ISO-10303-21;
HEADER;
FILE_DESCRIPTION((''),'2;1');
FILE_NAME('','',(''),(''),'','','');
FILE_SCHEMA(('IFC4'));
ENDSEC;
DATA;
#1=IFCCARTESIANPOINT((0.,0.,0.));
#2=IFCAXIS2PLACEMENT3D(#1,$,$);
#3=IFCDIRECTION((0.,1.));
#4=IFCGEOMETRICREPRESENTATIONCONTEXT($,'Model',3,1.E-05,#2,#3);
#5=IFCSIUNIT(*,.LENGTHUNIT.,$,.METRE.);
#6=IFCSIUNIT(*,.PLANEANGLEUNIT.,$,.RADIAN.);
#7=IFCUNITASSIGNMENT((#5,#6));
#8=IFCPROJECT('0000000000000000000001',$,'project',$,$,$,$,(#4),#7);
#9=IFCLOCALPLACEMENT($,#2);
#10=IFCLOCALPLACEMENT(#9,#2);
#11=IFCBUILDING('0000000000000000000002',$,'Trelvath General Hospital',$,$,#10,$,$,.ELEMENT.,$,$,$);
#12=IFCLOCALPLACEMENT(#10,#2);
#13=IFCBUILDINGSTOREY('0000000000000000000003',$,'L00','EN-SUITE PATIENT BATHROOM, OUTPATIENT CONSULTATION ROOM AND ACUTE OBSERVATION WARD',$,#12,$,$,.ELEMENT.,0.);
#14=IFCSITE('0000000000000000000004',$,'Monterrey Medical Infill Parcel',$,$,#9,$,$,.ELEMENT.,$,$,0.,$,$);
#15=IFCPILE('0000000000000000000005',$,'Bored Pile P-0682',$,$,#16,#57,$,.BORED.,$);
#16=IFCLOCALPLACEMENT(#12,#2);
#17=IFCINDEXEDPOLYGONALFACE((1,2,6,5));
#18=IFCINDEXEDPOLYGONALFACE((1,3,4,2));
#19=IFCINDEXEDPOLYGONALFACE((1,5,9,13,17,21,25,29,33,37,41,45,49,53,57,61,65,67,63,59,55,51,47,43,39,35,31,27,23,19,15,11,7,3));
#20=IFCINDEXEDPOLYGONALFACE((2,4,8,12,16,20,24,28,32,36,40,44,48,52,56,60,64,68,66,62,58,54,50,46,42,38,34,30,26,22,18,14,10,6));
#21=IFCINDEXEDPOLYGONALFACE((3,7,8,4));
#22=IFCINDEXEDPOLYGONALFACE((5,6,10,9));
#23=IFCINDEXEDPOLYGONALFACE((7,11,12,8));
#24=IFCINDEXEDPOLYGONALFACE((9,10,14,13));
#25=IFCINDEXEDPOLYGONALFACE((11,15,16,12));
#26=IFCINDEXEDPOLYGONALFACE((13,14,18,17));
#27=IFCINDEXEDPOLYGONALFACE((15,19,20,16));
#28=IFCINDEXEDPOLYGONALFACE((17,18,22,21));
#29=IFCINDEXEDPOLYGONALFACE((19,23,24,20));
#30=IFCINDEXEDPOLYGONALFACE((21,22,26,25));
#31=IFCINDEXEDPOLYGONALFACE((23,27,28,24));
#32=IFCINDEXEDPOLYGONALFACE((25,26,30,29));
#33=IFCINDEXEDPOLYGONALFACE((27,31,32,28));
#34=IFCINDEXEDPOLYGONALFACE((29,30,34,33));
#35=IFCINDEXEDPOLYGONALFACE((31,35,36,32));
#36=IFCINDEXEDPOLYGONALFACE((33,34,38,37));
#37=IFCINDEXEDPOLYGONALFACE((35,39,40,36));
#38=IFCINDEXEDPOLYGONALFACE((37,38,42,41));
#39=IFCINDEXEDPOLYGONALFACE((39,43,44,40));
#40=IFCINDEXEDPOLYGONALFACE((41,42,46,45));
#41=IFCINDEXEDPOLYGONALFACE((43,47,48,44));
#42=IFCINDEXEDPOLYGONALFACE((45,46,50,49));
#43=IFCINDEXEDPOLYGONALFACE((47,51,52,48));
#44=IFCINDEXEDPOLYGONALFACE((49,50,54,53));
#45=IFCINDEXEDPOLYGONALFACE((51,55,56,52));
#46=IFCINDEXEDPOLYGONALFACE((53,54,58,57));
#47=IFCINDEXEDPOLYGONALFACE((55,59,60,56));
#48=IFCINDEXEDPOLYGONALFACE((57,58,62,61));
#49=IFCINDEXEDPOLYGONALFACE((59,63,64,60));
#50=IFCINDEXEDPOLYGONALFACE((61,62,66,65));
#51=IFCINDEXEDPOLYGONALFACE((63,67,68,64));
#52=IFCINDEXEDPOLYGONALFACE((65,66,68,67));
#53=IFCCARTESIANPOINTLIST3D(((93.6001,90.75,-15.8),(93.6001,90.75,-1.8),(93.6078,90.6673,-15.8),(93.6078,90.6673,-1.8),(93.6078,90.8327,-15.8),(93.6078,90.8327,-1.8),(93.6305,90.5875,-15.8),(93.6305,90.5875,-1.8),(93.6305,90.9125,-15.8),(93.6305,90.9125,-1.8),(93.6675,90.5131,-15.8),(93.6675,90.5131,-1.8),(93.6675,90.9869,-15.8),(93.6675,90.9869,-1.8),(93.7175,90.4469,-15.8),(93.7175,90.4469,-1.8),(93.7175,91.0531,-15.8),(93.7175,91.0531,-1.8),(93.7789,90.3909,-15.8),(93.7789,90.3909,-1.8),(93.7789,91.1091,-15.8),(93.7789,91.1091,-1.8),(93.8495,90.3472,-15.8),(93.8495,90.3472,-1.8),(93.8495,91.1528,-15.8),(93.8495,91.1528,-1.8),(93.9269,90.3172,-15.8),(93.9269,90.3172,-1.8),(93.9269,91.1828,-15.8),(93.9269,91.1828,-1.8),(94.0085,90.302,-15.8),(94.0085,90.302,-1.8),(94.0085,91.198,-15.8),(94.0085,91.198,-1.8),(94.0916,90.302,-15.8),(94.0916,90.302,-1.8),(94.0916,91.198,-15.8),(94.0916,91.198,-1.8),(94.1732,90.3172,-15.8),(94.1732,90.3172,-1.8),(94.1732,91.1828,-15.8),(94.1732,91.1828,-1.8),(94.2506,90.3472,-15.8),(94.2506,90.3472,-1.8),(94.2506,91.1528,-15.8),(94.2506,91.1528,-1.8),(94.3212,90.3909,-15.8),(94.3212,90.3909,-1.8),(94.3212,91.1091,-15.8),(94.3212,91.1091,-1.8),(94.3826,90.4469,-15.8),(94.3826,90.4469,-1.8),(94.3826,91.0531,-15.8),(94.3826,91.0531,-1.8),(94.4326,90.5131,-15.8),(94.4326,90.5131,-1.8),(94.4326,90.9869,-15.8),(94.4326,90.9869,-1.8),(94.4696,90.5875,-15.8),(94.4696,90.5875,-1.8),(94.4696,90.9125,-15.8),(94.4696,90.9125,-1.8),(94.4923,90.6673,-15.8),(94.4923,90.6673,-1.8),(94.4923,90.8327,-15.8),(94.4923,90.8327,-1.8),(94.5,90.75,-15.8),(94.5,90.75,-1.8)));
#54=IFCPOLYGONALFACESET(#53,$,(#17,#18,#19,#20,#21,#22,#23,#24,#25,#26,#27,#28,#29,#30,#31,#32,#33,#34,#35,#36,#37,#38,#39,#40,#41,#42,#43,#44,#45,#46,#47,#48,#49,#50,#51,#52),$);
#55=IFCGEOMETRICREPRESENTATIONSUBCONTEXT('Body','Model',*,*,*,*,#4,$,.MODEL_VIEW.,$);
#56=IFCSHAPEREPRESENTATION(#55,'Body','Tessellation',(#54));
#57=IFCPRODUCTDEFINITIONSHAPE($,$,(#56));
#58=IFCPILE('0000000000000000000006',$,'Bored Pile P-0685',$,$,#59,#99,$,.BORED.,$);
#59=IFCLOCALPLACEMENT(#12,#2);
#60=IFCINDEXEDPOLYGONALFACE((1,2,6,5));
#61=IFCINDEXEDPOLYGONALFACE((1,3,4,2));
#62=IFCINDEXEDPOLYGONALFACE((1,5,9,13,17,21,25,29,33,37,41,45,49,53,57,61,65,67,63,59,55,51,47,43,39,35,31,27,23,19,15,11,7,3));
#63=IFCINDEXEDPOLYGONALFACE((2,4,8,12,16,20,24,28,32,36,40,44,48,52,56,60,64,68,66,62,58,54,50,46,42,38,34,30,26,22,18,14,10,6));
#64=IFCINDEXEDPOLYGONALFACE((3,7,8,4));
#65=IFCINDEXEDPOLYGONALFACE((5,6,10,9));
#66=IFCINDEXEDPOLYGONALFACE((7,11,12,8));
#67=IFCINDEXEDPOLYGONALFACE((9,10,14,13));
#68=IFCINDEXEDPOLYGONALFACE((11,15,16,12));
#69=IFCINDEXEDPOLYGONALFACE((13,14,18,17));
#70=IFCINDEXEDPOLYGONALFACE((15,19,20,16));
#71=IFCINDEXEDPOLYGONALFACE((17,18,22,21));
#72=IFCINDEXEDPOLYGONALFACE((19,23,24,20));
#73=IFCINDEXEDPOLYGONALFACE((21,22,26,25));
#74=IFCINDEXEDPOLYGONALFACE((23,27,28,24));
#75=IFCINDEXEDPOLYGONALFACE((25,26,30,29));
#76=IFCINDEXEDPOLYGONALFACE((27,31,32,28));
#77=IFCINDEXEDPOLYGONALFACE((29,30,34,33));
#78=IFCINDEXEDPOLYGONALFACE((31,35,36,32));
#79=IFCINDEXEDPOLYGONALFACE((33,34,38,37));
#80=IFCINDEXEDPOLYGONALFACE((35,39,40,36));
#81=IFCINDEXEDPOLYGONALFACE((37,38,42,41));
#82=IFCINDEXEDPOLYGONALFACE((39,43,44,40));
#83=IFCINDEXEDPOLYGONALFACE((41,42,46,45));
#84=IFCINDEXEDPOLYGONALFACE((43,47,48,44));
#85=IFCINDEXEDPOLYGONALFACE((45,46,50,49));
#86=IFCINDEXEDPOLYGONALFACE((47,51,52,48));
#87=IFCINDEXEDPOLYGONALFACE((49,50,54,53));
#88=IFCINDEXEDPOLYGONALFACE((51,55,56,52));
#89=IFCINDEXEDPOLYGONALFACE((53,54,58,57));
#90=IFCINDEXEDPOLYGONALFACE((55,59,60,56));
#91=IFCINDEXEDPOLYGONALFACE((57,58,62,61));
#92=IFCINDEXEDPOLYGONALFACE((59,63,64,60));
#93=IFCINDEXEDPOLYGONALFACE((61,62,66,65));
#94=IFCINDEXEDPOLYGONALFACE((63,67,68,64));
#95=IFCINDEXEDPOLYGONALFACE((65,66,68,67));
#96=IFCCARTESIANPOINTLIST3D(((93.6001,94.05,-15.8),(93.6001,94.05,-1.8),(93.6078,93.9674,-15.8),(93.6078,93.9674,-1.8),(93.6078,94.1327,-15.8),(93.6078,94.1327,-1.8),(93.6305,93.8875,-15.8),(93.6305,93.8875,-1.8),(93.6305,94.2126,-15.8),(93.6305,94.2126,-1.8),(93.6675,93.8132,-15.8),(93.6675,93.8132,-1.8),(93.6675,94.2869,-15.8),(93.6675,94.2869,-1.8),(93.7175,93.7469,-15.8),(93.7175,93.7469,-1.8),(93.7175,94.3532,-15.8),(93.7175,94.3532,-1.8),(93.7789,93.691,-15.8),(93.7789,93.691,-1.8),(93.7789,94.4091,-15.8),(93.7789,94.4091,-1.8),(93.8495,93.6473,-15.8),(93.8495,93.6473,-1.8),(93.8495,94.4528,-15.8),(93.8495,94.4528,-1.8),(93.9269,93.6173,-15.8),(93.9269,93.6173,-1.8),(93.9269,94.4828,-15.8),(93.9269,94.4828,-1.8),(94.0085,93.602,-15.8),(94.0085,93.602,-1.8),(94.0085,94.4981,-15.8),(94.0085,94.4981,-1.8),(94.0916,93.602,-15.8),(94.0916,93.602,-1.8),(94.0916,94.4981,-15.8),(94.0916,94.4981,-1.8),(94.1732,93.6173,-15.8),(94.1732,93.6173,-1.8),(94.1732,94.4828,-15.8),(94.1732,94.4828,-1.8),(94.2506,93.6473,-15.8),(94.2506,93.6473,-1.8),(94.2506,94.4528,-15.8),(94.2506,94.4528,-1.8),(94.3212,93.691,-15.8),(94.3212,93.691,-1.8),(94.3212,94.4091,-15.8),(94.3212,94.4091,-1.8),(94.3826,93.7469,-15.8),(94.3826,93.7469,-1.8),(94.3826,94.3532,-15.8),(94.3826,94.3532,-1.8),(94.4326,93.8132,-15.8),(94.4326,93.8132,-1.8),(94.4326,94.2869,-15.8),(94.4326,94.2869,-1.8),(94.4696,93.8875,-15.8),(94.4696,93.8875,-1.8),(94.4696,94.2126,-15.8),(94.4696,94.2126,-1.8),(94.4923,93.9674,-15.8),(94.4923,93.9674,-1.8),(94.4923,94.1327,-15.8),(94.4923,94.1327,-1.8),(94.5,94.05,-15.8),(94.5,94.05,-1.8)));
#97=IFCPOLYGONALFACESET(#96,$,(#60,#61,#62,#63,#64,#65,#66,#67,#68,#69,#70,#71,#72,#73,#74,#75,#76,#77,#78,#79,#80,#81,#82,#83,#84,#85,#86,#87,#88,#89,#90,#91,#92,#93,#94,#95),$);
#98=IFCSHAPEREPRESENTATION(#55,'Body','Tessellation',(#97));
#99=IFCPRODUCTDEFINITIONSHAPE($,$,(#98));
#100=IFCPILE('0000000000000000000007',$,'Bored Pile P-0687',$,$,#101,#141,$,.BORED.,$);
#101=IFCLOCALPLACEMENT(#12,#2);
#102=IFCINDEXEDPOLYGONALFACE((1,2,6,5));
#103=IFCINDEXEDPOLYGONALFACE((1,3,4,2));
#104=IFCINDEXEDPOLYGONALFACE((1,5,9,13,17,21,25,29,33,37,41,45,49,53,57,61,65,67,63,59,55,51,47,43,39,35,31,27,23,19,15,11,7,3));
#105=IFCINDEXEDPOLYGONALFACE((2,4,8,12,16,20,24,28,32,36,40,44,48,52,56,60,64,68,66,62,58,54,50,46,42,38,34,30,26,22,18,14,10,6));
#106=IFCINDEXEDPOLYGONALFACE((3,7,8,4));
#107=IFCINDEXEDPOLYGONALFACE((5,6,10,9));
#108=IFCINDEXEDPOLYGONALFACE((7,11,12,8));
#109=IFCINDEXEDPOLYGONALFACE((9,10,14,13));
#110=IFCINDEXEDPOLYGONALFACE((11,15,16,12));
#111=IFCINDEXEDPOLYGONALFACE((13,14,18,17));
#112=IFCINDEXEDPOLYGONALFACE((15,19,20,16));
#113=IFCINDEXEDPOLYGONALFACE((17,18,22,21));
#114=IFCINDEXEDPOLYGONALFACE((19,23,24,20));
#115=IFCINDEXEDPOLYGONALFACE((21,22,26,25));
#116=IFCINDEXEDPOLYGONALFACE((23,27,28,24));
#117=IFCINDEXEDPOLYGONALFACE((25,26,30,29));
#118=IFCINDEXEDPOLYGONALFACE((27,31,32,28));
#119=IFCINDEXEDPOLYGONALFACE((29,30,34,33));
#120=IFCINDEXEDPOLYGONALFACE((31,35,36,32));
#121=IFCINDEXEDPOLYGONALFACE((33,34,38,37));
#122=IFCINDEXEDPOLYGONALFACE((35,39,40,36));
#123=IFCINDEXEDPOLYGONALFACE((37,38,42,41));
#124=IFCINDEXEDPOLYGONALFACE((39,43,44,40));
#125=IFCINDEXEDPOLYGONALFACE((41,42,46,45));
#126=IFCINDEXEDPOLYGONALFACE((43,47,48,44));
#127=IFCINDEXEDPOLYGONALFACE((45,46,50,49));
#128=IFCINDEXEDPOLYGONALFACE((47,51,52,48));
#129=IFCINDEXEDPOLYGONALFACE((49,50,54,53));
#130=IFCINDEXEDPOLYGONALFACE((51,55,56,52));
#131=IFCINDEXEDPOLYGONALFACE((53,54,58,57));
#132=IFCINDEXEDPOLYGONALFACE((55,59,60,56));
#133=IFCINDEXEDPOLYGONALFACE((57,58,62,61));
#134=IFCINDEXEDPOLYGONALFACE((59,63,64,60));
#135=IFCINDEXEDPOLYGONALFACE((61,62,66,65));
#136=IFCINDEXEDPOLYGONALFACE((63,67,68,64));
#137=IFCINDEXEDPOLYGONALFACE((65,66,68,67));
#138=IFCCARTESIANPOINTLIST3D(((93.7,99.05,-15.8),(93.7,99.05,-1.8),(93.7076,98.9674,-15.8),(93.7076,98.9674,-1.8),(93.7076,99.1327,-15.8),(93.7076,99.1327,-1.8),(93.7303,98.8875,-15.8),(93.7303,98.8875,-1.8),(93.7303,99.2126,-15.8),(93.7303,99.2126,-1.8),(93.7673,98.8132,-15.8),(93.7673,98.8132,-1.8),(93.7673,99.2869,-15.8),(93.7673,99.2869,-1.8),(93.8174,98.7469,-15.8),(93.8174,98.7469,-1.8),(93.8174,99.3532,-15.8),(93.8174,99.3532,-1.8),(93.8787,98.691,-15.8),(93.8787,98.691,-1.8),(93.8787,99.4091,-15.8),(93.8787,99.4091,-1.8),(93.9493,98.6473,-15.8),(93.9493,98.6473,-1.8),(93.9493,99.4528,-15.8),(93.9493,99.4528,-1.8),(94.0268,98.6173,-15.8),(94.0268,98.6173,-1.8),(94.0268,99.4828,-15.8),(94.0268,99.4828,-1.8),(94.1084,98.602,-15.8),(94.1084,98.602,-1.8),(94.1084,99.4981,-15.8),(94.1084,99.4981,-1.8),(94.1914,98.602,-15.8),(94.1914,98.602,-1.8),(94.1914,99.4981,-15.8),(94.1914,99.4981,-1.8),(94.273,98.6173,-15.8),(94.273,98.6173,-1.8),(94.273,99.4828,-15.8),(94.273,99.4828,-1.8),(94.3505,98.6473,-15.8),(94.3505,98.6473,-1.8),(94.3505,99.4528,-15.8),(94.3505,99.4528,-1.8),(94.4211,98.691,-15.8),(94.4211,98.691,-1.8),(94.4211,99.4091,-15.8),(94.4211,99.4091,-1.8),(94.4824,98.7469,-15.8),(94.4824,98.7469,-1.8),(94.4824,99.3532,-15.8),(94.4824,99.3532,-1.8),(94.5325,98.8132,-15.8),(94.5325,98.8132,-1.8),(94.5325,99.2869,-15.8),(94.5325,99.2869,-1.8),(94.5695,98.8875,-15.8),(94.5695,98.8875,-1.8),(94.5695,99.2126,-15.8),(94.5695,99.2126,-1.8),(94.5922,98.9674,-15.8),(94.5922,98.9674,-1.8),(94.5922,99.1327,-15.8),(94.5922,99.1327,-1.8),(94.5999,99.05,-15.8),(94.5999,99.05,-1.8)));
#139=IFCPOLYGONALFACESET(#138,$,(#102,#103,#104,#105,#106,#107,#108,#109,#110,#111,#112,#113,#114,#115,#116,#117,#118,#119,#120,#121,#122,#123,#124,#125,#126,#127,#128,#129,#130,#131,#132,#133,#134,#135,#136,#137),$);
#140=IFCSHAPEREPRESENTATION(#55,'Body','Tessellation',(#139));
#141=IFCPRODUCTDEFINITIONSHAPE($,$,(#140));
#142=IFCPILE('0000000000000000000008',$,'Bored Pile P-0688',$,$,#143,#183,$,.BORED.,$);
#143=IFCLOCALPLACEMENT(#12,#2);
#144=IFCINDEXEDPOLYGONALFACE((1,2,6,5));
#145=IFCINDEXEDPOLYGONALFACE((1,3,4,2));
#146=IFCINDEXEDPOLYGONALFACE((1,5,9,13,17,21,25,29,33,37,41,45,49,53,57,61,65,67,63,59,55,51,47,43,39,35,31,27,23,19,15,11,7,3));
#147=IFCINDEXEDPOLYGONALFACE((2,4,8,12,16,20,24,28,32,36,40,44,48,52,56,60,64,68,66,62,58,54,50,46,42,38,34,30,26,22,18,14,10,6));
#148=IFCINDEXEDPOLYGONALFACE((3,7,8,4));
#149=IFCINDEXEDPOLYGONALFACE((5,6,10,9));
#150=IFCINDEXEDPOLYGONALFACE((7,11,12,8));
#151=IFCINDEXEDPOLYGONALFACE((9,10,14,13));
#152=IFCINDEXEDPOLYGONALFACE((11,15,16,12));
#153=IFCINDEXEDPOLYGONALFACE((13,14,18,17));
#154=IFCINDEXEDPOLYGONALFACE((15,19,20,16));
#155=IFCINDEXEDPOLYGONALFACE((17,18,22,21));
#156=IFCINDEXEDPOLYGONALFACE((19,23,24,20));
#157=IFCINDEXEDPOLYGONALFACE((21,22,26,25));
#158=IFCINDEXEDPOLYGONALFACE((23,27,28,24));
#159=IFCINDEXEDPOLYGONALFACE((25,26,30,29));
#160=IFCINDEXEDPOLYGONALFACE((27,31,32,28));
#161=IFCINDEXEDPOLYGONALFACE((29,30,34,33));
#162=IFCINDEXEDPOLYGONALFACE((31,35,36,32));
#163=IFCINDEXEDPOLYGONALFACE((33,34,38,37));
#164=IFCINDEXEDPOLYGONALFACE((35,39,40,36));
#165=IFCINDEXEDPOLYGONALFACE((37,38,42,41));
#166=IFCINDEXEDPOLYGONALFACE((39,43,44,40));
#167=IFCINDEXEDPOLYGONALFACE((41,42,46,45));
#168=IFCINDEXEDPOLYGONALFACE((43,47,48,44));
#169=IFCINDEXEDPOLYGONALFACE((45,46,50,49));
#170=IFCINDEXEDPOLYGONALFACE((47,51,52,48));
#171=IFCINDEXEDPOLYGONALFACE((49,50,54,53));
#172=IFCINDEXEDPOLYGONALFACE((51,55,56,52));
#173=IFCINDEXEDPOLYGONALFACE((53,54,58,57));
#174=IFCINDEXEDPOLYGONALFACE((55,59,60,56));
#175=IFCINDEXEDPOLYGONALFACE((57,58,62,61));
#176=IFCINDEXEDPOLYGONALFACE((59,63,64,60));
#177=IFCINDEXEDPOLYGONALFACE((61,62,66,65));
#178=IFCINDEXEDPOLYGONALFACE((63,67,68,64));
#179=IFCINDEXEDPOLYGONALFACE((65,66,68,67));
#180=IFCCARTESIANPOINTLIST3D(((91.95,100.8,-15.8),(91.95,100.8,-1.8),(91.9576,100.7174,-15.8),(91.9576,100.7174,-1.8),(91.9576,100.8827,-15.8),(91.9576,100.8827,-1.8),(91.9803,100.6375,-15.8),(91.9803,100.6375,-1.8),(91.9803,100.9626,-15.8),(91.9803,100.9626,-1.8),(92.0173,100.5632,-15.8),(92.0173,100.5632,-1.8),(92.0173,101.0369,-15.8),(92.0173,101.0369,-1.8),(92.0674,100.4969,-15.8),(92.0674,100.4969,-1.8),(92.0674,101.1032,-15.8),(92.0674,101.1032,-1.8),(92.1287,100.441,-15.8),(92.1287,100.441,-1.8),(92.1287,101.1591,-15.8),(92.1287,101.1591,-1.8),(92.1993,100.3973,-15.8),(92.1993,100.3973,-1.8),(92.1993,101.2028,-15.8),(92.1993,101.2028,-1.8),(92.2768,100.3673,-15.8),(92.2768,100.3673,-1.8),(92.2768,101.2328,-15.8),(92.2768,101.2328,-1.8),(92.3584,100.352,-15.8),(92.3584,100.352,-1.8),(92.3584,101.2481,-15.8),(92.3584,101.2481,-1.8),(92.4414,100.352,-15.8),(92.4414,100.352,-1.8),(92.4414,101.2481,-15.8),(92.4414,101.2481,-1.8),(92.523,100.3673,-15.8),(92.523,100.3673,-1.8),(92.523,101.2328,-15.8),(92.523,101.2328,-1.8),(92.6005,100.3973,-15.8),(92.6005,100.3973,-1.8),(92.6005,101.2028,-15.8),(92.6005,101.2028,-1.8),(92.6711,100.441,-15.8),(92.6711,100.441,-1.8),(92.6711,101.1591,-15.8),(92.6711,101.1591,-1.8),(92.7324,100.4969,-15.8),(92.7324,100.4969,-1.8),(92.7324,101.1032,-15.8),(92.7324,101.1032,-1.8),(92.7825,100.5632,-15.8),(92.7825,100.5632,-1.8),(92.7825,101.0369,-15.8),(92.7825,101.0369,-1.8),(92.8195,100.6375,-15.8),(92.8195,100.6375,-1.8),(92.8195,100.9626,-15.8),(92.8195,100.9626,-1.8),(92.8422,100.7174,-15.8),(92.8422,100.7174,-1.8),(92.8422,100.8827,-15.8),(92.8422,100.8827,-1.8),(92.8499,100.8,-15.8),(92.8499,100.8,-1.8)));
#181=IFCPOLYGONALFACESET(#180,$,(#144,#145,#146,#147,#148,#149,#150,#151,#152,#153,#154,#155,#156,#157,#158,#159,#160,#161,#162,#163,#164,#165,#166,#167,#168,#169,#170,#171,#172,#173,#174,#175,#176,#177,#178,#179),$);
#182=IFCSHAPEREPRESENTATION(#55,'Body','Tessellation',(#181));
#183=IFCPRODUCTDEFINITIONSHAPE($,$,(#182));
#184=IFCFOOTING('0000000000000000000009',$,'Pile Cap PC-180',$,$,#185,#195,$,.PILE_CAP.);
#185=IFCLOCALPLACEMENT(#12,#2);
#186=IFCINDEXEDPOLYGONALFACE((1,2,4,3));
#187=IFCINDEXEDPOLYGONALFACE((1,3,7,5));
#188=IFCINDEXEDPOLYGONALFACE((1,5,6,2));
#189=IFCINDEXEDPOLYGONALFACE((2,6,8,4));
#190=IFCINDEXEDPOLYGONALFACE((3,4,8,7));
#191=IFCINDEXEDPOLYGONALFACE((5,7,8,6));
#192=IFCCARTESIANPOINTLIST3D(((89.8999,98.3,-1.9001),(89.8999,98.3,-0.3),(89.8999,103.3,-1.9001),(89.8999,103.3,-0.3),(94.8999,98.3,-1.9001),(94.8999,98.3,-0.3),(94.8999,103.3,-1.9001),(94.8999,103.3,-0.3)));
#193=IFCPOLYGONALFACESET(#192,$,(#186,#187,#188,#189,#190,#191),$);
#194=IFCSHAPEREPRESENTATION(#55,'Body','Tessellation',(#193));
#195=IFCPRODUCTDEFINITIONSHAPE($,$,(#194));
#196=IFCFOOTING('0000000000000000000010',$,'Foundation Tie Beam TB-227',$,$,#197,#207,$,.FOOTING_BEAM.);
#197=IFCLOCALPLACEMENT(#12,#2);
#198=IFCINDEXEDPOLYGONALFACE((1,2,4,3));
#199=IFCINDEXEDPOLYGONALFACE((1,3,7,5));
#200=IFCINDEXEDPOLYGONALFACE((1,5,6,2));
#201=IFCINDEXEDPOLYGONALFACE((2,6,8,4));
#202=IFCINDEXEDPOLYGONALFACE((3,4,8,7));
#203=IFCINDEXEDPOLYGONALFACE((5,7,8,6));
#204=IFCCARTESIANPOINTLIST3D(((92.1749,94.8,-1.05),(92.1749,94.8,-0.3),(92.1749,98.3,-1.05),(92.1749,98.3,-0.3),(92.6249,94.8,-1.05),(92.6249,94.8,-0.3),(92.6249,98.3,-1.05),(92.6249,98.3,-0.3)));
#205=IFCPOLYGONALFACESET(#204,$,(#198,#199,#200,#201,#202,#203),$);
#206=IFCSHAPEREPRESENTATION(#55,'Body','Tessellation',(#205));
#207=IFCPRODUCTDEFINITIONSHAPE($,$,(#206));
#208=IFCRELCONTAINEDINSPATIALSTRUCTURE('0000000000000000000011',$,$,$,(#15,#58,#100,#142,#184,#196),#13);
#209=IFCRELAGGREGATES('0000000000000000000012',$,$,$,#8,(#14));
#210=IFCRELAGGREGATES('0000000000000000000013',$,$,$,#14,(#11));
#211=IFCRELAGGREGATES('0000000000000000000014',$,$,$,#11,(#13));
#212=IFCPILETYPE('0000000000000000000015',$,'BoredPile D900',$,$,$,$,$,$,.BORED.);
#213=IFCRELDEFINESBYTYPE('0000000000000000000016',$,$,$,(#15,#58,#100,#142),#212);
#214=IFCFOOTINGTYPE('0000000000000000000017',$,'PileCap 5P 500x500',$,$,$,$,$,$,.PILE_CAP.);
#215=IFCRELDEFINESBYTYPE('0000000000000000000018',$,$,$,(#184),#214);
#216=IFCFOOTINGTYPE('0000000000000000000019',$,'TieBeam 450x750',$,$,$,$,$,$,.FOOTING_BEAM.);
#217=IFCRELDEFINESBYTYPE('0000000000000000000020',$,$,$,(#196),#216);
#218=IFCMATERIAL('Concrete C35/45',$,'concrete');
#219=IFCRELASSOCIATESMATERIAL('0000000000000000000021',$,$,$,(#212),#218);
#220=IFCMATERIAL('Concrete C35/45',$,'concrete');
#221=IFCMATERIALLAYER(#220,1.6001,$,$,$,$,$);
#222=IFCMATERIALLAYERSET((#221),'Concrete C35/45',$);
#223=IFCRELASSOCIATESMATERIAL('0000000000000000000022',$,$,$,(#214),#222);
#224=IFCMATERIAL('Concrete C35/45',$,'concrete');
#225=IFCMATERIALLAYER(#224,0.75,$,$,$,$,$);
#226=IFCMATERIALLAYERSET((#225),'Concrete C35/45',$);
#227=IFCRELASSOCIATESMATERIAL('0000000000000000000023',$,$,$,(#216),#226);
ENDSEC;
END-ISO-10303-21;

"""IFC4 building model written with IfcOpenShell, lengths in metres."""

from ifc_helpers import new_model, si_unit, direction, frame, origin, origin_2d, place, context, subcontext, project, spatial, rectangle, circle, extrude, material, layer, layer_set, material_profile, profile_set, type_object, element, save


model = new_model("IFC4")

# Units and contexts
model_context = context("Model", 3, precision=1e-05, world=origin(), true_north=direction((0.0, 1.0)))
body_context = subcontext(model_context, "Body", "Model", "MODEL_VIEW")
ifc_project = project(units=[si_unit("LENGTHUNIT", "METRE"), si_unit("PLANEANGLEUNIT", "RADIAN")], contexts=[model_context])

# Site, building, storey
site_placement = place(None, origin())
site = spatial("IfcSite", under=ifc_project, at=site_placement, Name="Monterrey Medical Infill Parcel", CompositionType="ELEMENT", RefElevation=0.0)
building_placement = place(site_placement, origin())
building = spatial("IfcBuilding", under=site, at=building_placement, Name="Trelvath General Hospital", CompositionType="ELEMENT")
storey_placement = place(building_placement, origin())
storey = spatial("IfcBuildingStorey", under=building, at=storey_placement, Name="L00", Description="EN-SUITE PATIENT BATHROOM, OUTPATIENT CONSULTATION ROOM AND ACUTE OBSERVATION WARD", CompositionType="ELEMENT", Elevation=0.0)

# Piles
ifc_material_1 = material(Name="Concrete C35/45", Category="concrete")
ifc_material_profile_1 = material_profile(ifc_material_1, circle(Radius=0.45, at=origin_2d()), Name="PILE900")
ifc_profile_set_1 = profile_set([ifc_material_profile_1], Name="Concrete C35/45")
pile_type = type_object("IfcPileType", Name="BoredPile D900", PredefinedType="BORED", material=ifc_profile_set_1)
for number, where, z_axis, x_axis, name in (
    (1, (94.05, 90.75, -1.8), (0.0, 0.0, -1.0), (1.0, 0.0, 0.0), "Bored Pile P-0682"),
    (2, (94.05, 94.05, -1.8), (0.0, 0.0, -1.0), (1.0, 0.0, 0.0), "Bored Pile P-0685"),
    (3, (94.1499, 99.05, -1.8), (0.0, 0.0, -1.0), (1.0, 0.0, 0.0), "Bored Pile P-0687"),
    (4, (92.3999, 100.8, -1.8), (0.0, 0.0, -1.0), (1.0, 0.0, 0.0), "Bored Pile P-0688"),
):
    element("IfcPile", number, at=place(storey_placement, frame(where, z_axis=z_axis, x_axis=x_axis)), inside=storey, type_object=pile_type, Name=name, PredefinedType="BORED", context=body_context, shape_type="SweptSolid", body=[
        extrude(circle(Radius=0.45, at=origin_2d()), origin(), (0.0, 0.0, 1.0), 14.0),
    ])

# Footings
ifc_material_2 = material(Name="Concrete C35/45", Category="concrete")
ifc_layer_1 = layer(ifc_material_2, 1.6001)
ifc_layer_set_1 = layer_set([ifc_layer_1], Name="Concrete C35/45")
footing_type_1 = type_object("IfcFootingType", Name="PileCap 5P 500x500", PredefinedType="PILE_CAP", material=ifc_layer_set_1)
footing_1_placement = place(storey_placement, frame((92.3999, 100.8, -1.9001), z_axis=(0.0, 0.0, 1.0), x_axis=(1.0, 0.0, 0.0)))
element("IfcFooting", 5, at=footing_1_placement, inside=storey, type_object=footing_type_1, Name="Pile Cap PC-180", PredefinedType="PILE_CAP", context=body_context, shape_type="SweptSolid", body=[
    extrude(rectangle(XDim=5.0, YDim=5.0, at=origin_2d()), origin(), (0.0, 0.0, 1.0), 1.6001),
])
ifc_material_3 = material(Name="Concrete C35/45", Category="concrete")
ifc_layer_2 = layer(ifc_material_3, 0.75)
ifc_layer_set_2 = layer_set([ifc_layer_2], Name="Concrete C35/45")
footing_type_2 = type_object("IfcFootingType", Name="TieBeam 450x750", PredefinedType="FOOTING_BEAM", material=ifc_layer_set_2)
footing_2_placement = place(storey_placement, frame((92.3999, 96.55, -1.05), z_axis=(0.0, 0.0, 1.0), x_axis=(1.0, 0.0, 0.0)))
element("IfcFooting", 6, at=footing_2_placement, inside=storey, type_object=footing_type_2, Name="Foundation Tie Beam TB-227", PredefinedType="FOOTING_BEAM", context=body_context, shape_type="SweptSolid", body=[
    extrude(rectangle(XDim=0.45, YDim=3.5, at=origin_2d()), origin(), (0.0, 0.0, 1.0), 0.75),
])

save(model, "model.ifc")
